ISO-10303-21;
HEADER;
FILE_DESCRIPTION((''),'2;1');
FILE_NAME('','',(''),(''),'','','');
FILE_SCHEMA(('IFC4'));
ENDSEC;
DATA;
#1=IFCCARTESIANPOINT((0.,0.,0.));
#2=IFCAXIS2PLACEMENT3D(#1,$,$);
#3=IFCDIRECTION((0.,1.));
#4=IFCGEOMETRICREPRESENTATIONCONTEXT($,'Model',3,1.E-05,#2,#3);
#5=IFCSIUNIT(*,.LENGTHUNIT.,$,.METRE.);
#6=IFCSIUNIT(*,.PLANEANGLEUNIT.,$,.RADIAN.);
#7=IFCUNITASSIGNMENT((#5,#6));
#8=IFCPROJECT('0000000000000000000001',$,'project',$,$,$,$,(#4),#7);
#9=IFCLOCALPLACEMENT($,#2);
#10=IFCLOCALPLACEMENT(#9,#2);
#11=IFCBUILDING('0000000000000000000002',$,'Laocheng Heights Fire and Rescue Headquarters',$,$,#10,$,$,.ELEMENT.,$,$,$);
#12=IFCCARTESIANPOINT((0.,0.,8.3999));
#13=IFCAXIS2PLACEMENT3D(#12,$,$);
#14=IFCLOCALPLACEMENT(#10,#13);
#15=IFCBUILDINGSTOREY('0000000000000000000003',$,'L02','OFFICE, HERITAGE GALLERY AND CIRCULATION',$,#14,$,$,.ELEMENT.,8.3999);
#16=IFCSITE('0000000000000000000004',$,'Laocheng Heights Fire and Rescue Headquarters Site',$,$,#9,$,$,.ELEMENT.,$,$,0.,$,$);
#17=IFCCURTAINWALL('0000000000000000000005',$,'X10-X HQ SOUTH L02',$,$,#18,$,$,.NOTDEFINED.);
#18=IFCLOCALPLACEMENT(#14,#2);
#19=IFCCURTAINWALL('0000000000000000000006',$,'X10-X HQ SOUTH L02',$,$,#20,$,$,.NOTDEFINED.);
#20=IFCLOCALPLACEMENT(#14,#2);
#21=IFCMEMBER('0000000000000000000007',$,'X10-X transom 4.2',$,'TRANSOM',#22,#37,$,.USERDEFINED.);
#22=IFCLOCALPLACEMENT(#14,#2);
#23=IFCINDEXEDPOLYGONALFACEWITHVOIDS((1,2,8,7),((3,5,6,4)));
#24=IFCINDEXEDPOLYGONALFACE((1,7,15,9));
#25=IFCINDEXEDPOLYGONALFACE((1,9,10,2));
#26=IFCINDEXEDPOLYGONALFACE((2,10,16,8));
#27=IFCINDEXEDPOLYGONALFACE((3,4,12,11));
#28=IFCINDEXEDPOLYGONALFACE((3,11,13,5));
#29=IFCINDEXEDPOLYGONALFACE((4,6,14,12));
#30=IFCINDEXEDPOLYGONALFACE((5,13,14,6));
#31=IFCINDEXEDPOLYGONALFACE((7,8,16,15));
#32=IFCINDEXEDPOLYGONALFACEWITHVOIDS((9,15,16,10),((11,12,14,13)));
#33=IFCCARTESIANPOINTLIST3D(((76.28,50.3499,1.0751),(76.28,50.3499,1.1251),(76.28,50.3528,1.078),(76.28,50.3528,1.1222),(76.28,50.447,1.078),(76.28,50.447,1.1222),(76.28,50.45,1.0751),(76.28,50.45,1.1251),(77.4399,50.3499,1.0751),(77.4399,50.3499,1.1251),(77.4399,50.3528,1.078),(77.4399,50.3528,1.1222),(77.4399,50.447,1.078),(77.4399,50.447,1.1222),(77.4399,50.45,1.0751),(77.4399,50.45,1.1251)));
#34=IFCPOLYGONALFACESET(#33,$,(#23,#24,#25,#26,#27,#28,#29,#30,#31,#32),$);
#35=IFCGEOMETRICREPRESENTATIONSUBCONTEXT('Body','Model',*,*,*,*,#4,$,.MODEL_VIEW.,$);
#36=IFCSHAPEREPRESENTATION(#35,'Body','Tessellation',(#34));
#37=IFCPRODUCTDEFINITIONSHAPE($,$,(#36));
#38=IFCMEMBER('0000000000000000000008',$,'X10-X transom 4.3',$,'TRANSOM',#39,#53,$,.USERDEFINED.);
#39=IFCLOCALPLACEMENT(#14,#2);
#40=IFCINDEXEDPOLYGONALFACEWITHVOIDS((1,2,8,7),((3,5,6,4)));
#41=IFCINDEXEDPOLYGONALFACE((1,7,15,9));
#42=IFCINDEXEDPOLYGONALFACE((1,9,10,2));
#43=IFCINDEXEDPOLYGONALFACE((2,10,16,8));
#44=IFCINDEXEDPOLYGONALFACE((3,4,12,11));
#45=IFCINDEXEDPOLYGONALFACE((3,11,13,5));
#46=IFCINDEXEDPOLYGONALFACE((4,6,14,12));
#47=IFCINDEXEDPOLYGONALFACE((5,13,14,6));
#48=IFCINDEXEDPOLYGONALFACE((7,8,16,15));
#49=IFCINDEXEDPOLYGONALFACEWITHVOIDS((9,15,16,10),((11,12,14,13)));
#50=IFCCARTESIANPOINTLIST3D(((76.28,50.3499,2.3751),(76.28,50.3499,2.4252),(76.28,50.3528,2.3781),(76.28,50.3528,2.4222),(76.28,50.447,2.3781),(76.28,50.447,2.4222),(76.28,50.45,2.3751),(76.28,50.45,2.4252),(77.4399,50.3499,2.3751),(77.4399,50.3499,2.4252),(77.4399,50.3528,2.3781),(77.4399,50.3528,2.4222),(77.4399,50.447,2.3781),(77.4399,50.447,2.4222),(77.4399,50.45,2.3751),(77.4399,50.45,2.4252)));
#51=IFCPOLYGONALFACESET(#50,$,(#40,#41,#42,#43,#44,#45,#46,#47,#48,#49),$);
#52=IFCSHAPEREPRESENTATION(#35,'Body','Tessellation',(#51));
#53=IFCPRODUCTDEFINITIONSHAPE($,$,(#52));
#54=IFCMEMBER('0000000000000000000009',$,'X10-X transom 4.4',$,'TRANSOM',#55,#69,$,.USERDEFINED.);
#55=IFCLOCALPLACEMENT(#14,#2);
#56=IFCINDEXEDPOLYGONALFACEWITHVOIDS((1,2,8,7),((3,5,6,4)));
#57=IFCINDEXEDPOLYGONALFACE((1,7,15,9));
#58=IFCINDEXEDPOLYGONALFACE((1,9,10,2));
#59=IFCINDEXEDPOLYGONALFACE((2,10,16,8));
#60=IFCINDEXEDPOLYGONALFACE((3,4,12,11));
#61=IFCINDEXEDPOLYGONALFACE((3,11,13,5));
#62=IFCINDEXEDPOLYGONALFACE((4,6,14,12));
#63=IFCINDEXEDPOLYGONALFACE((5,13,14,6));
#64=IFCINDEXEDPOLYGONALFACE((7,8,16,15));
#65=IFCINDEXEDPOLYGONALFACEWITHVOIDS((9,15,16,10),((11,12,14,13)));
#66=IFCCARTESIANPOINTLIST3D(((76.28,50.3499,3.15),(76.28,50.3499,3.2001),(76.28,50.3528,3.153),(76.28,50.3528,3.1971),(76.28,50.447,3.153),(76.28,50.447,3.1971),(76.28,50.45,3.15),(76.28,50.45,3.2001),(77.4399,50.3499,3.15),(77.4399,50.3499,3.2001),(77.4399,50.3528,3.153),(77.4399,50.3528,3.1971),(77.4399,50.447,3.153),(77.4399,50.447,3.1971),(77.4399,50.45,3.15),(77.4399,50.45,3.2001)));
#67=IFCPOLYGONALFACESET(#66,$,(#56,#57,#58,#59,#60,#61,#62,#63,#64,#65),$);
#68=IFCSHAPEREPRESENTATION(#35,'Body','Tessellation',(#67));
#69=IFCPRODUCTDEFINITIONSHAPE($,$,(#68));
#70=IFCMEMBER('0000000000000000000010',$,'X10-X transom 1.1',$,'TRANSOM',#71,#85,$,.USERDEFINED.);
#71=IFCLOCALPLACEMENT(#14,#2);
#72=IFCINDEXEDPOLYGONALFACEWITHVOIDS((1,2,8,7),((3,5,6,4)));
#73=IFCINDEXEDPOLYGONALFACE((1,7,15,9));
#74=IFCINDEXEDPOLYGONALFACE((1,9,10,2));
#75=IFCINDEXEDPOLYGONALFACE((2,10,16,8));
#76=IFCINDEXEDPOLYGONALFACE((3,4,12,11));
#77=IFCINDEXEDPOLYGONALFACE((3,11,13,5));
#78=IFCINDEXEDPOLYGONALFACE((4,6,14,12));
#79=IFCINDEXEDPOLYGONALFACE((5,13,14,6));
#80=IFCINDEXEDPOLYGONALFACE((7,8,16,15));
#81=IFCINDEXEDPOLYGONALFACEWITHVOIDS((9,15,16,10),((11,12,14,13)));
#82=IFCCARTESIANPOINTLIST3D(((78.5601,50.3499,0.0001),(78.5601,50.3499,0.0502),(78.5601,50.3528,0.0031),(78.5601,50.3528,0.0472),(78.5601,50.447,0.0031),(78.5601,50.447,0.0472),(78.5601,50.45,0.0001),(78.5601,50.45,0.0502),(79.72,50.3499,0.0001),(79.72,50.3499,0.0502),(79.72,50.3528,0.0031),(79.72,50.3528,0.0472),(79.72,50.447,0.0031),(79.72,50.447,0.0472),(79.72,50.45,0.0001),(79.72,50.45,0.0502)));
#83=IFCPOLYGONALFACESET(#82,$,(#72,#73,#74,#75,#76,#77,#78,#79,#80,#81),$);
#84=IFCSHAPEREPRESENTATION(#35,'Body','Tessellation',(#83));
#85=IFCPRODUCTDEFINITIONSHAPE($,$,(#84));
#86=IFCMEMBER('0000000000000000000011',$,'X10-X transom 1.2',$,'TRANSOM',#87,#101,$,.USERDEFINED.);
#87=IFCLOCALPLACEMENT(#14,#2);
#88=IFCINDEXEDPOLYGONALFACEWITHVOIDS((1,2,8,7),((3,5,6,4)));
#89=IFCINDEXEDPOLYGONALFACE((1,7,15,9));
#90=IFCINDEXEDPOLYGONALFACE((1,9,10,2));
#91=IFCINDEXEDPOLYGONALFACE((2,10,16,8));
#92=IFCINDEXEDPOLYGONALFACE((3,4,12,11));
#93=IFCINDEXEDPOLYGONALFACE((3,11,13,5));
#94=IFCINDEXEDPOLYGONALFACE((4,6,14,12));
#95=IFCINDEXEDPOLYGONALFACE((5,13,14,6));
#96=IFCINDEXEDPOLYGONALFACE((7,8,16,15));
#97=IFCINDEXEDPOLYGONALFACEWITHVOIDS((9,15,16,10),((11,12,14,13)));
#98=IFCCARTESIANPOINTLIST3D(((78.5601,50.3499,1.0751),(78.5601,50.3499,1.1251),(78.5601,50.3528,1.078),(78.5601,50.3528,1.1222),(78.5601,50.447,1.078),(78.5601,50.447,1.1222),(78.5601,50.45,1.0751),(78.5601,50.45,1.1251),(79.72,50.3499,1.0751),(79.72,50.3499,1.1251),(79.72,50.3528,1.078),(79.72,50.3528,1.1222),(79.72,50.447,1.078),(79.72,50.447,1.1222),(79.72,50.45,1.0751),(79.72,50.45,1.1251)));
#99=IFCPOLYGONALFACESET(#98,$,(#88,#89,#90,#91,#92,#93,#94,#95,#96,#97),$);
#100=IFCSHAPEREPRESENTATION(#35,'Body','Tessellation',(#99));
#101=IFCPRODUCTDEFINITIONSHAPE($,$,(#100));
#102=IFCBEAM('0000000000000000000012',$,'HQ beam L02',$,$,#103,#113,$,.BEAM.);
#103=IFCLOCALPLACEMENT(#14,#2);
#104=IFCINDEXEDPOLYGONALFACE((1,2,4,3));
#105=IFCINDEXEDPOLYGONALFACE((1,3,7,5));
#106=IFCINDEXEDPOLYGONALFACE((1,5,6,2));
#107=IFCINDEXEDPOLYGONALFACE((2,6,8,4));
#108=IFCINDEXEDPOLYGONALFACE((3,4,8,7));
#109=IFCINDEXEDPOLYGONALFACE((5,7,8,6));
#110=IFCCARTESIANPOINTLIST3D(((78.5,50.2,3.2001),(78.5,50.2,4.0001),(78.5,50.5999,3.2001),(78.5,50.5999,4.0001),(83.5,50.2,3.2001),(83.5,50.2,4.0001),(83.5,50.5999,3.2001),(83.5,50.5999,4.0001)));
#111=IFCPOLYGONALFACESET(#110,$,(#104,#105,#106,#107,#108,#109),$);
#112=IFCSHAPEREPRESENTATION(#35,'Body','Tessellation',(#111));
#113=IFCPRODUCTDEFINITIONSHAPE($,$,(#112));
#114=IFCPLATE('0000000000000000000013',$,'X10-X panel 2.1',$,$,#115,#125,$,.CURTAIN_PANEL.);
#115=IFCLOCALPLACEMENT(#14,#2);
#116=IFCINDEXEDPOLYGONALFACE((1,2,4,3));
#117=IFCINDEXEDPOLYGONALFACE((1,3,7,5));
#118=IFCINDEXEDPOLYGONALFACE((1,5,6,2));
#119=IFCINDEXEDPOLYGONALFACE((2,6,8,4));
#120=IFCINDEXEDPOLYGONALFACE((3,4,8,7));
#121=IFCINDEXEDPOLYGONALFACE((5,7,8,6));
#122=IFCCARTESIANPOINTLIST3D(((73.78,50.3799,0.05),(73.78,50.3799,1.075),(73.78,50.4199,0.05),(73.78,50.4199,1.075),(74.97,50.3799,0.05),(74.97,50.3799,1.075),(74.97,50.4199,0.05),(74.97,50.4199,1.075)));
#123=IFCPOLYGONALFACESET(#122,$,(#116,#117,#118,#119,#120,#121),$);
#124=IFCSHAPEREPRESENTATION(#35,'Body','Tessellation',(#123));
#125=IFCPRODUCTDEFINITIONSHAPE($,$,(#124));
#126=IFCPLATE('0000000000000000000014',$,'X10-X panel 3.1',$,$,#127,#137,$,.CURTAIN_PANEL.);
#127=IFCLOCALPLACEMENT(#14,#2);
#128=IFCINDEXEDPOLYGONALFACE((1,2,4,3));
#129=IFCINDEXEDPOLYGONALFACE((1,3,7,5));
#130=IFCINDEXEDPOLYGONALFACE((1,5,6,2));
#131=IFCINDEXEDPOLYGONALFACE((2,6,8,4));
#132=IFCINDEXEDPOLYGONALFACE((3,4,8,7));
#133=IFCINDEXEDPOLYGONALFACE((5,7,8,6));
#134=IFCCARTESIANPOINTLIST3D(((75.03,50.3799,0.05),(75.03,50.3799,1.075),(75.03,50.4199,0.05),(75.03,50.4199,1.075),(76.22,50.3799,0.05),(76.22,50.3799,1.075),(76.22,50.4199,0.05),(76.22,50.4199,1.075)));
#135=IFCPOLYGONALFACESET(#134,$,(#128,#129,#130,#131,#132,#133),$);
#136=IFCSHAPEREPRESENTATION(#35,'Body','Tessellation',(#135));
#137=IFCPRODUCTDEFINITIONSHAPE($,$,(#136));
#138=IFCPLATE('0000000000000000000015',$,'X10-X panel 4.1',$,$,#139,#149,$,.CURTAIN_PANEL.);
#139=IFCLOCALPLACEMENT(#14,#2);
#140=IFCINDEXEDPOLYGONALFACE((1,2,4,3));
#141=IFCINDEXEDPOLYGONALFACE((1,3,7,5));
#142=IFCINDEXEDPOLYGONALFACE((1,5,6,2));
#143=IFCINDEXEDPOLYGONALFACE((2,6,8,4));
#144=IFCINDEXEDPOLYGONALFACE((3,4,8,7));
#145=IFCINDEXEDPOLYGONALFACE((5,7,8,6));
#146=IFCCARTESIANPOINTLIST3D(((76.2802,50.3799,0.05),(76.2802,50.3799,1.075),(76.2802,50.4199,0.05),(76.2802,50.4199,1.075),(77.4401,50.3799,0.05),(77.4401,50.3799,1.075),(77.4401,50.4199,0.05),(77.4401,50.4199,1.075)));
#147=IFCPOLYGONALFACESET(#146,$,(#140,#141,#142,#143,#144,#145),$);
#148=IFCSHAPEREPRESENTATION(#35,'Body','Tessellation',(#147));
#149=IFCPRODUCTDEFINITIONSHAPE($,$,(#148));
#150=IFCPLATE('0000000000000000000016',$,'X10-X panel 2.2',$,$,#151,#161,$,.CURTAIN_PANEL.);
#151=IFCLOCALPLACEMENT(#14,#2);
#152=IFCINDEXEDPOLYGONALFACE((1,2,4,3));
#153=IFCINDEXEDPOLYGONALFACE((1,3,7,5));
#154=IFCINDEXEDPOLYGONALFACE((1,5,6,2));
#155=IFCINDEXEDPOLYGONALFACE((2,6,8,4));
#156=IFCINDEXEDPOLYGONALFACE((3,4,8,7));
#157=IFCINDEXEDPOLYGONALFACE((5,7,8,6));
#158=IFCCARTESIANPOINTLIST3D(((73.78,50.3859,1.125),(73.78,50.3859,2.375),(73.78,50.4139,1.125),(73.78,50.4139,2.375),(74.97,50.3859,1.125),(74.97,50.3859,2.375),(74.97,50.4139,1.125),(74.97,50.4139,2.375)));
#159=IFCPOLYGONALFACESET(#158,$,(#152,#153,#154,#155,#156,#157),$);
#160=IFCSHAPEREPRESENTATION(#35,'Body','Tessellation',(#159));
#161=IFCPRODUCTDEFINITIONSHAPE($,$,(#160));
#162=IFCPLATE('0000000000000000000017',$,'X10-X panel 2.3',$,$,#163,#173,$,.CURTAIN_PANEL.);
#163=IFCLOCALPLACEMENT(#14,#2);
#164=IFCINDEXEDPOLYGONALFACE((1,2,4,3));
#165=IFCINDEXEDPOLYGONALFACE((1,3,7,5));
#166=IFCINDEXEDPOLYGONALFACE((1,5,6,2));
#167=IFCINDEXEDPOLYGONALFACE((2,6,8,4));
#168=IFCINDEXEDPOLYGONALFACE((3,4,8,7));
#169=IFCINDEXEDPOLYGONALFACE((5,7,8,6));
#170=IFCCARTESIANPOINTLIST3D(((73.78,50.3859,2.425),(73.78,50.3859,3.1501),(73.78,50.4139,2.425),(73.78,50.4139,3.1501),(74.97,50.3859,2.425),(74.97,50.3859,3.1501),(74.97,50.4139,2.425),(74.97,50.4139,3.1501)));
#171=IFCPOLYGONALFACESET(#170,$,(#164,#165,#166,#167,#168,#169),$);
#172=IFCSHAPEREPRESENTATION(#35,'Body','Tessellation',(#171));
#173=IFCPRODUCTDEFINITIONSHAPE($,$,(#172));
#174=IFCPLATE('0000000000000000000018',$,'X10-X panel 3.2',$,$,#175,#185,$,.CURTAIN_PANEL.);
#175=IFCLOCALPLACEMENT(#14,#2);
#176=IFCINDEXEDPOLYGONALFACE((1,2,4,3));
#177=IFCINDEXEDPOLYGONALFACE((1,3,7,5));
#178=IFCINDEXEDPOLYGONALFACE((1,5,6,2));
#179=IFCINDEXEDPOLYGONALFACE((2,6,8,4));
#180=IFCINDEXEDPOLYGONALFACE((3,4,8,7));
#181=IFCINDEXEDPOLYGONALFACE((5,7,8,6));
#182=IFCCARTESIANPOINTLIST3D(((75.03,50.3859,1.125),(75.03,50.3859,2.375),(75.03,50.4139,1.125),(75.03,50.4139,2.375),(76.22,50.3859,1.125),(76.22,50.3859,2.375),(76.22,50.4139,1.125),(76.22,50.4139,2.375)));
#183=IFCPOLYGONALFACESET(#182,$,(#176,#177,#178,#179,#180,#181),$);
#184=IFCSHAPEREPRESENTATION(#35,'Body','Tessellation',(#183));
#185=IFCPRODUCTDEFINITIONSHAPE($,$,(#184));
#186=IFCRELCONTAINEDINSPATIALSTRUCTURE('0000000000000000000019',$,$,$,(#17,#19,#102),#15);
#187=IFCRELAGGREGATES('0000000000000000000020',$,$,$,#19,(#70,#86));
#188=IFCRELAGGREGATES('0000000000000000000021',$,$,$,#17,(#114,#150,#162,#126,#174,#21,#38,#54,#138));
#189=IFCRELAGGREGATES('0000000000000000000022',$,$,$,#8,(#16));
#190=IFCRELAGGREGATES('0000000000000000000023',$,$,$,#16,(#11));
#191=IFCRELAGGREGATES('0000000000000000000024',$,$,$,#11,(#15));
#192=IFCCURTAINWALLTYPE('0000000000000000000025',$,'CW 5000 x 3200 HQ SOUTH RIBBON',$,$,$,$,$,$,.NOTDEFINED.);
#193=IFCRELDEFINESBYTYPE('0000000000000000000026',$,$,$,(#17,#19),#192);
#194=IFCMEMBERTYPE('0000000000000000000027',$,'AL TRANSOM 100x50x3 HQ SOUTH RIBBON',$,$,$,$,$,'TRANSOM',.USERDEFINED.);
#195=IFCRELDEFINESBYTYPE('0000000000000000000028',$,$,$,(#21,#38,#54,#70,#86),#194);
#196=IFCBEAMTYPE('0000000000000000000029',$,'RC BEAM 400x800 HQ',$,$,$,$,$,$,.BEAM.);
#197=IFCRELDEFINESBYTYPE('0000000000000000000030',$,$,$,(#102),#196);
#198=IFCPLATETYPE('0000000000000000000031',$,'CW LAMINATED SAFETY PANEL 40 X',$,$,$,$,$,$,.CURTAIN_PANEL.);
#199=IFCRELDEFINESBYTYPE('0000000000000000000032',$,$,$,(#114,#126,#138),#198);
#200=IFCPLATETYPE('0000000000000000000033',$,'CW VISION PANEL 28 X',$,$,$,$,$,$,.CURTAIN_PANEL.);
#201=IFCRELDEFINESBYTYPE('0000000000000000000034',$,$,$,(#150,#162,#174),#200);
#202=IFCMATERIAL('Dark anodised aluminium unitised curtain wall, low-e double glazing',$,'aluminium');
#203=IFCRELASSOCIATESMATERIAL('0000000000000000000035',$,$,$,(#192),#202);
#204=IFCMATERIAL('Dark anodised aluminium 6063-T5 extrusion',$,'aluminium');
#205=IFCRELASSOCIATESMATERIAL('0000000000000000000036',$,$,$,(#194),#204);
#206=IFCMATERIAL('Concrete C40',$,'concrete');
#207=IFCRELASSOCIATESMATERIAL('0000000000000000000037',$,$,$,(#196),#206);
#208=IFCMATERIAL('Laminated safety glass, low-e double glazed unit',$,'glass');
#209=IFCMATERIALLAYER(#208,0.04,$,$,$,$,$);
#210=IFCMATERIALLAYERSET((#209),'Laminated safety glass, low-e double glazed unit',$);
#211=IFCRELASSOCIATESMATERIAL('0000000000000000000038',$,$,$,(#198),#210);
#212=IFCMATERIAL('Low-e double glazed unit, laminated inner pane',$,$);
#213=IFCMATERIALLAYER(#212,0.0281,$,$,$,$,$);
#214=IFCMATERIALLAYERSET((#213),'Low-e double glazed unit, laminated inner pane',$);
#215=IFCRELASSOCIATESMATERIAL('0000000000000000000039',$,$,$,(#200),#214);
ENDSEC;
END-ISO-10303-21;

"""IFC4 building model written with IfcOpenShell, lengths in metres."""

from ifc_helpers import new_model, si_unit, direction, frame, origin, origin_2d, place, context, subcontext, project, spatial, rectangle, hollow_rectangle, extrude, material, layer, layer_set, material_profile, profile_set, type_object, element, aggregate, save


model = new_model("IFC4")

# Units and contexts
model_context = context("Model", 3, precision=1e-05, world=origin(), true_north=direction((0.0, 1.0)))
body_context = subcontext(model_context, "Body", "Model", "MODEL_VIEW")
ifc_project = project(units=[si_unit("LENGTHUNIT", "METRE"), si_unit("PLANEANGLEUNIT", "RADIAN")], contexts=[model_context])

# Site, building, storey
site_placement = place(None, origin())
site = spatial("IfcSite", under=ifc_project, at=site_placement, Name="Laocheng Heights Fire and Rescue Headquarters Site", CompositionType="ELEMENT", RefElevation=0.0)
building_placement = place(site_placement, origin())
building = spatial("IfcBuilding", under=site, at=building_placement, Name="Laocheng Heights Fire and Rescue Headquarters", CompositionType="ELEMENT")
storey_placement = place(building_placement, frame((0.0, 0.0, 8.3999)))
storey = spatial("IfcBuildingStorey", under=building, at=storey_placement, Name="L02", Description="OFFICE, HERITAGE GALLERY AND CIRCULATION", CompositionType="ELEMENT", Elevation=8.3999)

# Curtain wall
ifc_material_1 = material(Name="Dark anodised aluminium unitised curtain wall, low-e double glazing", Category="aluminium")
curtain_wall_type = type_object("IfcCurtainWallType", Name="CW 5000 x 3200 HQ SOUTH RIBBON", PredefinedType="NOTDEFINED", material=ifc_material_1)
curtain_wall_1_placement = place(storey_placement, origin())
curtain_wall_1 = element("IfcCurtainWall", 1, at=curtain_wall_1_placement, inside=storey, type_object=curtain_wall_type, Name="X10-X HQ SOUTH L02", PredefinedType="NOTDEFINED")

# Curtain wall
curtain_wall_2_placement = place(storey_placement, origin())
curtain_wall_2 = element("IfcCurtainWall", 2, at=curtain_wall_2_placement, inside=storey, type_object=curtain_wall_type, Name="X10-X HQ SOUTH L02", PredefinedType="NOTDEFINED")

# Members
ifc_material_2 = material(Name="Dark anodised aluminium 6063-T5 extrusion", Category="aluminium")
ifc_material_profile_1 = material_profile(ifc_material_2, hollow_rectangle(XDim=0.1001, YDim=0.05, WallThickness=0.0029, at=origin_2d()), Name="AL TRANSOM 100x50x3 HQ SOUTH RIBBON")
ifc_profile_set_1 = profile_set([ifc_material_profile_1], Name="Dark anodised aluminium 6063-T5 extrusion")
member_type_1 = type_object("IfcMemberType", Name="AL TRANSOM 100x50x3 HQ SOUTH RIBBON", ElementType="TRANSOM", PredefinedType="USERDEFINED", material=ifc_profile_set_1)
member_1_placement = place(storey_placement, frame((76.28, 50.3999, 1.1001), z_axis=(1.0, 0.0, 0.0), x_axis=(0.0, 1.0, 0.0)))
member_1 = element("IfcMember", 3, at=member_1_placement, type_object=member_type_1, Name="X10-X transom 4.2", ObjectType="TRANSOM", PredefinedType="USERDEFINED", context=body_context, shape_type="SweptSolid", body=[
    extrude(hollow_rectangle(XDim=0.1001, YDim=0.05, WallThickness=0.0029, at=origin_2d()), origin(), (0.0, 0.0, 1.0), 1.1599),
])
member_2_placement = place(storey_placement, frame((76.28, 50.3999, 2.4001), z_axis=(1.0, 0.0, 0.0), x_axis=(0.0, 1.0, 0.0)))
member_2 = element("IfcMember", 4, at=member_2_placement, type_object=member_type_1, Name="X10-X transom 4.3", ObjectType="TRANSOM", PredefinedType="USERDEFINED", context=body_context, shape_type="SweptSolid", body=[
    extrude(hollow_rectangle(XDim=0.1001, YDim=0.05, WallThickness=0.0029, at=origin_2d()), origin(), (0.0, 0.0, 1.0), 1.1599),
])
member_3_placement = place(storey_placement, frame((76.28, 50.3999, 3.175), z_axis=(1.0, 0.0, 0.0), x_axis=(0.0, 1.0, 0.0)))
member_3 = element("IfcMember", 5, at=member_3_placement, type_object=member_type_1, Name="X10-X transom 4.4", ObjectType="TRANSOM", PredefinedType="USERDEFINED", context=body_context, shape_type="SweptSolid", body=[
    extrude(hollow_rectangle(XDim=0.1001, YDim=0.05, WallThickness=0.0029, at=origin_2d()), origin(), (0.0, 0.0, 1.0), 1.1599),
])
member_4_placement = place(storey_placement, frame((78.5601, 50.3999, 0.0251), z_axis=(1.0, 0.0, 0.0), x_axis=(0.0, 1.0, 0.0)))
member_4 = element("IfcMember", 6, at=member_4_placement, type_object=member_type_1, Name="X10-X transom 1.1", ObjectType="TRANSOM", PredefinedType="USERDEFINED", context=body_context, shape_type="SweptSolid", body=[
    extrude(hollow_rectangle(XDim=0.1001, YDim=0.05, WallThickness=0.0029, at=origin_2d()), origin(), (0.0, 0.0, 1.0), 1.1599),
])
member_5_placement = place(storey_placement, frame((78.5601, 50.3999, 1.1001), z_axis=(1.0, 0.0, 0.0), x_axis=(0.0, 1.0, 0.0)))
member_5 = element("IfcMember", 7, at=member_5_placement, type_object=member_type_1, Name="X10-X transom 1.2", ObjectType="TRANSOM", PredefinedType="USERDEFINED", context=body_context, shape_type="SweptSolid", body=[
    extrude(hollow_rectangle(XDim=0.1001, YDim=0.05, WallThickness=0.0029, at=origin_2d()), origin(), (0.0, 0.0, 1.0), 1.1599),
])
aggregate(curtain_wall_2, [member_4, member_5])

# Beam
ifc_material_3 = material(Name="Concrete C40", Category="concrete")
ifc_material_profile_2 = material_profile(ifc_material_3, rectangle(XDim=0.3999, YDim=0.8, at=origin_2d()), Name="RC BEAM 400x800 HQ")
ifc_profile_set_2 = profile_set([ifc_material_profile_2], Name="Concrete C40")
beam_type = type_object("IfcBeamType", Name="RC BEAM 400x800 HQ", PredefinedType="BEAM", material=ifc_profile_set_2)
beam_placement = place(storey_placement, frame((78.5, 50.3999, 3.6001), z_axis=(1.0, 0.0, 0.0), x_axis=(0.0, 1.0, 0.0)))
element("IfcBeam", 8, at=beam_placement, inside=storey, type_object=beam_type, Name="HQ beam L02", PredefinedType="BEAM", context=body_context, shape_type="SweptSolid", body=[
    extrude(rectangle(XDim=0.3999, YDim=0.8, at=origin_2d()), origin(), (0.0, 0.0, 1.0), 5.0),
])

# Plates
ifc_material_4 = material(Name="Laminated safety glass, low-e double glazed unit", Category="glass")
ifc_layer_1 = layer(ifc_material_4, 0.04)
ifc_layer_set_1 = layer_set([ifc_layer_1], Name="Laminated safety glass, low-e double glazed unit")
plate_type_1 = type_object("IfcPlateType", Name="CW LAMINATED SAFETY PANEL 40 X", PredefinedType="CURTAIN_PANEL", material=ifc_layer_set_1)
plate_1_placement = place(storey_placement, frame((74.375, 50.3999, 0.05), z_axis=(0.0, 0.0, 1.0), x_axis=(1.0, 0.0, 0.0)))
plate_1 = element("IfcPlate", 9, at=plate_1_placement, type_object=plate_type_1, Name="X10-X panel 2.1", PredefinedType="CURTAIN_PANEL", context=body_context, shape_type="SweptSolid", body=[
    extrude(rectangle(XDim=1.1899, YDim=0.04, at=origin_2d()), origin(), (0.0, 0.0, 1.0), 1.0249),
])
plate_2_placement = place(storey_placement, frame((75.625, 50.3999, 0.05), z_axis=(0.0, 0.0, 1.0), x_axis=(1.0, 0.0, 0.0)))
plate_2 = element("IfcPlate", 10, at=plate_2_placement, type_object=plate_type_1, Name="X10-X panel 3.1", PredefinedType="CURTAIN_PANEL", context=body_context, shape_type="SweptSolid", body=[
    extrude(rectangle(XDim=1.1899, YDim=0.04, at=origin_2d()), origin(), (0.0, 0.0, 1.0), 1.0249),
])
plate_3_placement = place(storey_placement, frame((76.8601, 50.3999, 0.05), z_axis=(0.0, 0.0, 1.0), x_axis=(1.0, 0.0, 0.0)))
plate_3 = element("IfcPlate", 11, at=plate_3_placement, type_object=plate_type_1, Name="X10-X panel 4.1", PredefinedType="CURTAIN_PANEL", context=body_context, shape_type="SweptSolid", body=[
    extrude(rectangle(XDim=1.1599, YDim=0.04, at=origin_2d()), origin(), (0.0, 0.0, 1.0), 1.0249),
])
ifc_material_5 = material(Name="Low-e double glazed unit, laminated inner pane")
ifc_layer_2 = layer(ifc_material_5, 0.0281)
ifc_layer_set_2 = layer_set([ifc_layer_2], Name="Low-e double glazed unit, laminated inner pane")
plate_type_2 = type_object("IfcPlateType", Name="CW VISION PANEL 28 X", PredefinedType="CURTAIN_PANEL", material=ifc_layer_set_2)
plate_4_placement = place(storey_placement, frame((74.375, 50.3999, 1.125), z_axis=(0.0, 0.0, 1.0), x_axis=(1.0, 0.0, 0.0)))
plate_4 = element("IfcPlate", 12, at=plate_4_placement, type_object=plate_type_2, Name="X10-X panel 2.2", PredefinedType="CURTAIN_PANEL", context=body_context, shape_type="SweptSolid", body=[
    extrude(rectangle(XDim=1.1899, YDim=0.0281, at=origin_2d()), origin(), (0.0, 0.0, 1.0), 1.25),
])
plate_5_placement = place(storey_placement, frame((74.375, 50.3999, 2.425), z_axis=(0.0, 0.0, 1.0), x_axis=(1.0, 0.0, 0.0)))
plate_5 = element("IfcPlate", 13, at=plate_5_placement, type_object=plate_type_2, Name="X10-X panel 2.3", PredefinedType="CURTAIN_PANEL", context=body_context, shape_type="SweptSolid", body=[
    extrude(rectangle(XDim=1.1899, YDim=0.0281, at=origin_2d()), origin(), (0.0, 0.0, 1.0), 0.7251),
])
plate_6_placement = place(storey_placement, frame((75.625, 50.3999, 1.125), z_axis=(0.0, 0.0, 1.0), x_axis=(1.0, 0.0, 0.0)))
plate_6 = element("IfcPlate", 14, at=plate_6_placement, type_object=plate_type_2, Name="X10-X panel 3.2", PredefinedType="CURTAIN_PANEL", context=body_context, shape_type="SweptSolid", body=[
    extrude(rectangle(XDim=1.1899, YDim=0.0281, at=origin_2d()), origin(), (0.0, 0.0, 1.0), 1.25),
])
aggregate(curtain_wall_1, [plate_1, plate_4, plate_5, plate_2, plate_6, member_1, member_2, member_3, plate_3])

save(model, "model.ifc")
